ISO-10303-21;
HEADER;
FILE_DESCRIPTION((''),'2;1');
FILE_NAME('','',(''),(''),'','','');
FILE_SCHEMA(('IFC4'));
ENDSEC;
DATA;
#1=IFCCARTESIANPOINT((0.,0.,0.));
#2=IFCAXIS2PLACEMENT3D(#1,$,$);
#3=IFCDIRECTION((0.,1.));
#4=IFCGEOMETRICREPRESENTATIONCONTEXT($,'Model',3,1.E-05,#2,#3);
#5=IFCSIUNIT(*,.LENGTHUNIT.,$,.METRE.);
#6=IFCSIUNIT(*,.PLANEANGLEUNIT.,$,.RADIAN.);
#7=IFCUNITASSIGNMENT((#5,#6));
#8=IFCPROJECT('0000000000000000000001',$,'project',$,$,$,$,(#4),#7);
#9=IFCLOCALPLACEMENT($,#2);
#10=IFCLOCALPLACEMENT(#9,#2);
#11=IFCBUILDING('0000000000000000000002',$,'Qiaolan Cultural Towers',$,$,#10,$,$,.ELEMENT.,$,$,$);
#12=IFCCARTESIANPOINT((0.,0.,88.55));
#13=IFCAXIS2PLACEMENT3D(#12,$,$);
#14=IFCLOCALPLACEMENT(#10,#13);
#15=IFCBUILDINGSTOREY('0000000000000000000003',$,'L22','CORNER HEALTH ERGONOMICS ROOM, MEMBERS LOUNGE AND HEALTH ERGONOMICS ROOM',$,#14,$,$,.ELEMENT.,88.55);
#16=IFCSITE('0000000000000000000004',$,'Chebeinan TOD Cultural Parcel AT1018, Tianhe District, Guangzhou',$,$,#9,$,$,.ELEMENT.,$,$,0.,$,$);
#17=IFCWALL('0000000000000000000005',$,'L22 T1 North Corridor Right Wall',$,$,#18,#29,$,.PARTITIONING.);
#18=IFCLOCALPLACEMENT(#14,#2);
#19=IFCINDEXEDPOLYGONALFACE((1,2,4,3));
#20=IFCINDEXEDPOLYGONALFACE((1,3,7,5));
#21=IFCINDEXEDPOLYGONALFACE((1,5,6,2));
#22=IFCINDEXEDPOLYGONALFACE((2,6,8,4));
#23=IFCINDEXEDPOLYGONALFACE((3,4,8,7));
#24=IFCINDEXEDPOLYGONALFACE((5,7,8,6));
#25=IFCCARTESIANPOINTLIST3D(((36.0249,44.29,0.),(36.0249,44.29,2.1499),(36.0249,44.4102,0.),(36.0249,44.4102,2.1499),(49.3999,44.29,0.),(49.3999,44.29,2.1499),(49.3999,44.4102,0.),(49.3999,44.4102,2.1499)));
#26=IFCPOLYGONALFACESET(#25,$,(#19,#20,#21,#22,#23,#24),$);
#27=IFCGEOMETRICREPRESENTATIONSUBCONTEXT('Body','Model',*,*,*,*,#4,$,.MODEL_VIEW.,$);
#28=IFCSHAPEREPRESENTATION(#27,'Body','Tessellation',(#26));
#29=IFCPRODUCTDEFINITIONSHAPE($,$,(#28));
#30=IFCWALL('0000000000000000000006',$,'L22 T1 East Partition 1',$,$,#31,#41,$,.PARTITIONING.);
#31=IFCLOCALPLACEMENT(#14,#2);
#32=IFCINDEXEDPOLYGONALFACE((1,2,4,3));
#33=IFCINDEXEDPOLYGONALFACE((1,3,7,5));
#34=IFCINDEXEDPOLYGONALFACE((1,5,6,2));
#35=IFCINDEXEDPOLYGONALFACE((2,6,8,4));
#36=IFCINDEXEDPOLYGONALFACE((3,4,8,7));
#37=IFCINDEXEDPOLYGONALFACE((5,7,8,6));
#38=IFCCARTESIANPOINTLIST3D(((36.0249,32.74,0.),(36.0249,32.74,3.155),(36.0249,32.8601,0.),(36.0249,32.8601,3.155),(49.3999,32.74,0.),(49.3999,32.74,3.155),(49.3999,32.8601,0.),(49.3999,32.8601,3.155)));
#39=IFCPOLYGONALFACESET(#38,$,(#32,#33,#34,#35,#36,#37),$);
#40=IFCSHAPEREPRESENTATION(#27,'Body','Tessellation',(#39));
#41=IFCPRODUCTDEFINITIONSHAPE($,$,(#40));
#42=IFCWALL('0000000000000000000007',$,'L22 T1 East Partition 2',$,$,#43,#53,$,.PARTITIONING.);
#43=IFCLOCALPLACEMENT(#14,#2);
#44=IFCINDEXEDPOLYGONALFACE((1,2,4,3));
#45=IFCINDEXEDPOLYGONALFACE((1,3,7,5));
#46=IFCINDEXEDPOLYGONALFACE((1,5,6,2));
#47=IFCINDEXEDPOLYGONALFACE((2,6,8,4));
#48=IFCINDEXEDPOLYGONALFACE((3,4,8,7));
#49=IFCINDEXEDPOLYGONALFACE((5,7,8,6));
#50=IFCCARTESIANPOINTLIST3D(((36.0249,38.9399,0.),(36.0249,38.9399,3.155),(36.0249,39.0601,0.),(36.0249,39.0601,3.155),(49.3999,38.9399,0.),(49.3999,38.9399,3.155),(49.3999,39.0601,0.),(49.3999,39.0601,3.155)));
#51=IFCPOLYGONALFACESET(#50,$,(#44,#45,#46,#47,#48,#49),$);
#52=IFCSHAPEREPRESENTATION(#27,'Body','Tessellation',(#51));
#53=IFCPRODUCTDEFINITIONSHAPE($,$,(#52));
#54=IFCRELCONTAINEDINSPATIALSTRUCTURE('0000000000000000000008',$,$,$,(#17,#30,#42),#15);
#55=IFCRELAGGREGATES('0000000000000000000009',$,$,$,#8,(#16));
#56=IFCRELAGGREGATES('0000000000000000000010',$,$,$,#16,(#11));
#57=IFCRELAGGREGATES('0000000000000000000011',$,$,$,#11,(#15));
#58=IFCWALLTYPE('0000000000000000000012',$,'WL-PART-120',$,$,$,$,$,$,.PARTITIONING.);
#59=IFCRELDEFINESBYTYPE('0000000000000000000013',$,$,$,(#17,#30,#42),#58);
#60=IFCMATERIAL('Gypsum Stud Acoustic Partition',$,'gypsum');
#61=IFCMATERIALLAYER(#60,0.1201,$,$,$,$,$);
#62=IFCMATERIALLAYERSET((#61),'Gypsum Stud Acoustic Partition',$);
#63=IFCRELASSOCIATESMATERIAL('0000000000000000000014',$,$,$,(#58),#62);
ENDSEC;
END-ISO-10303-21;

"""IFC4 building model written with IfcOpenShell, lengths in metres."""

from ifc_helpers import new_model, si_unit, direction, frame, frame_2d, origin, place, context, subcontext, project, spatial, rectangle, extrude, material, layer, layer_set, type_object, element, save


model = new_model("IFC4")

# Units and contexts
model_context = context("Model", 3, precision=1e-05, world=origin(), true_north=direction((0.0, 1.0)))
body_context = subcontext(model_context, "Body", "Model", "MODEL_VIEW")
ifc_project = project(units=[si_unit("LENGTHUNIT", "METRE"), si_unit("PLANEANGLEUNIT", "RADIAN")], contexts=[model_context])

# Site, building, storey
site_placement = place(None, origin())
site = spatial("IfcSite", under=ifc_project, at=site_placement, Name="Chebeinan TOD Cultural Parcel AT1018, Tianhe District, Guangzhou", CompositionType="ELEMENT", RefElevation=0.0)
building_placement = place(site_placement, origin())
building = spatial("IfcBuilding", under=site, at=building_placement, Name="Qiaolan Cultural Towers", CompositionType="ELEMENT")
storey_placement = place(building_placement, frame((0.0, 0.0, 88.55)))
storey = spatial("IfcBuildingStorey", under=building, at=storey_placement, Name="L22", Description="CORNER HEALTH ERGONOMICS ROOM, MEMBERS LOUNGE AND HEALTH ERGONOMICS ROOM", CompositionType="ELEMENT", Elevation=88.55)

# Walls
ifc_material_1 = material(Name="Gypsum Stud Acoustic Partition", Category="gypsum")
ifc_layer = layer(ifc_material_1, 0.1201)
ifc_layer_set = layer_set([ifc_layer], Name="Gypsum Stud Acoustic Partition")
wall_type = type_object("IfcWallType", Name="WL-PART-120", PredefinedType="PARTITIONING", material=ifc_layer_set)
wall_placement = place(storey_placement, frame((36.0249, 44.3501, 0.0), z_axis=(0.0, 0.0, 1.0), x_axis=(1.0, 0.0, 0.0)))
element("IfcWall", 1, at=wall_placement, inside=storey, type_object=wall_type, Name="L22 T1 North Corridor Right Wall", PredefinedType="PARTITIONING", context=body_context, shape_type="SweptSolid", body=[
    extrude(rectangle(XDim=13.375, YDim=0.1201, at=frame_2d((6.6875, 0.0))), origin(), (0.0, 0.0, 1.0), 2.1499),
])
for number, where, z_axis, x_axis, name in (
    (2, (36.0249, 32.8, 0.0), (0.0, 0.0, 1.0), (1.0, 0.0, 0.0), "L22 T1 East Partition 1"),
    (3, (36.0249, 39.0, 0.0), (0.0, 0.0, 1.0), (1.0, 0.0, 0.0), "L22 T1 East Partition 2"),
):
    element("IfcWall", number, at=place(storey_placement, frame(where, z_axis=z_axis, x_axis=x_axis)), inside=storey, type_object=wall_type, Name=name, PredefinedType="PARTITIONING", context=body_context, shape_type="SweptSolid", body=[
        extrude(rectangle(XDim=13.375, YDim=0.1201, at=frame_2d((6.6875, 0.0))), origin(), (0.0, 0.0, 1.0), 3.155),
    ])

save(model, "model.ifc")
